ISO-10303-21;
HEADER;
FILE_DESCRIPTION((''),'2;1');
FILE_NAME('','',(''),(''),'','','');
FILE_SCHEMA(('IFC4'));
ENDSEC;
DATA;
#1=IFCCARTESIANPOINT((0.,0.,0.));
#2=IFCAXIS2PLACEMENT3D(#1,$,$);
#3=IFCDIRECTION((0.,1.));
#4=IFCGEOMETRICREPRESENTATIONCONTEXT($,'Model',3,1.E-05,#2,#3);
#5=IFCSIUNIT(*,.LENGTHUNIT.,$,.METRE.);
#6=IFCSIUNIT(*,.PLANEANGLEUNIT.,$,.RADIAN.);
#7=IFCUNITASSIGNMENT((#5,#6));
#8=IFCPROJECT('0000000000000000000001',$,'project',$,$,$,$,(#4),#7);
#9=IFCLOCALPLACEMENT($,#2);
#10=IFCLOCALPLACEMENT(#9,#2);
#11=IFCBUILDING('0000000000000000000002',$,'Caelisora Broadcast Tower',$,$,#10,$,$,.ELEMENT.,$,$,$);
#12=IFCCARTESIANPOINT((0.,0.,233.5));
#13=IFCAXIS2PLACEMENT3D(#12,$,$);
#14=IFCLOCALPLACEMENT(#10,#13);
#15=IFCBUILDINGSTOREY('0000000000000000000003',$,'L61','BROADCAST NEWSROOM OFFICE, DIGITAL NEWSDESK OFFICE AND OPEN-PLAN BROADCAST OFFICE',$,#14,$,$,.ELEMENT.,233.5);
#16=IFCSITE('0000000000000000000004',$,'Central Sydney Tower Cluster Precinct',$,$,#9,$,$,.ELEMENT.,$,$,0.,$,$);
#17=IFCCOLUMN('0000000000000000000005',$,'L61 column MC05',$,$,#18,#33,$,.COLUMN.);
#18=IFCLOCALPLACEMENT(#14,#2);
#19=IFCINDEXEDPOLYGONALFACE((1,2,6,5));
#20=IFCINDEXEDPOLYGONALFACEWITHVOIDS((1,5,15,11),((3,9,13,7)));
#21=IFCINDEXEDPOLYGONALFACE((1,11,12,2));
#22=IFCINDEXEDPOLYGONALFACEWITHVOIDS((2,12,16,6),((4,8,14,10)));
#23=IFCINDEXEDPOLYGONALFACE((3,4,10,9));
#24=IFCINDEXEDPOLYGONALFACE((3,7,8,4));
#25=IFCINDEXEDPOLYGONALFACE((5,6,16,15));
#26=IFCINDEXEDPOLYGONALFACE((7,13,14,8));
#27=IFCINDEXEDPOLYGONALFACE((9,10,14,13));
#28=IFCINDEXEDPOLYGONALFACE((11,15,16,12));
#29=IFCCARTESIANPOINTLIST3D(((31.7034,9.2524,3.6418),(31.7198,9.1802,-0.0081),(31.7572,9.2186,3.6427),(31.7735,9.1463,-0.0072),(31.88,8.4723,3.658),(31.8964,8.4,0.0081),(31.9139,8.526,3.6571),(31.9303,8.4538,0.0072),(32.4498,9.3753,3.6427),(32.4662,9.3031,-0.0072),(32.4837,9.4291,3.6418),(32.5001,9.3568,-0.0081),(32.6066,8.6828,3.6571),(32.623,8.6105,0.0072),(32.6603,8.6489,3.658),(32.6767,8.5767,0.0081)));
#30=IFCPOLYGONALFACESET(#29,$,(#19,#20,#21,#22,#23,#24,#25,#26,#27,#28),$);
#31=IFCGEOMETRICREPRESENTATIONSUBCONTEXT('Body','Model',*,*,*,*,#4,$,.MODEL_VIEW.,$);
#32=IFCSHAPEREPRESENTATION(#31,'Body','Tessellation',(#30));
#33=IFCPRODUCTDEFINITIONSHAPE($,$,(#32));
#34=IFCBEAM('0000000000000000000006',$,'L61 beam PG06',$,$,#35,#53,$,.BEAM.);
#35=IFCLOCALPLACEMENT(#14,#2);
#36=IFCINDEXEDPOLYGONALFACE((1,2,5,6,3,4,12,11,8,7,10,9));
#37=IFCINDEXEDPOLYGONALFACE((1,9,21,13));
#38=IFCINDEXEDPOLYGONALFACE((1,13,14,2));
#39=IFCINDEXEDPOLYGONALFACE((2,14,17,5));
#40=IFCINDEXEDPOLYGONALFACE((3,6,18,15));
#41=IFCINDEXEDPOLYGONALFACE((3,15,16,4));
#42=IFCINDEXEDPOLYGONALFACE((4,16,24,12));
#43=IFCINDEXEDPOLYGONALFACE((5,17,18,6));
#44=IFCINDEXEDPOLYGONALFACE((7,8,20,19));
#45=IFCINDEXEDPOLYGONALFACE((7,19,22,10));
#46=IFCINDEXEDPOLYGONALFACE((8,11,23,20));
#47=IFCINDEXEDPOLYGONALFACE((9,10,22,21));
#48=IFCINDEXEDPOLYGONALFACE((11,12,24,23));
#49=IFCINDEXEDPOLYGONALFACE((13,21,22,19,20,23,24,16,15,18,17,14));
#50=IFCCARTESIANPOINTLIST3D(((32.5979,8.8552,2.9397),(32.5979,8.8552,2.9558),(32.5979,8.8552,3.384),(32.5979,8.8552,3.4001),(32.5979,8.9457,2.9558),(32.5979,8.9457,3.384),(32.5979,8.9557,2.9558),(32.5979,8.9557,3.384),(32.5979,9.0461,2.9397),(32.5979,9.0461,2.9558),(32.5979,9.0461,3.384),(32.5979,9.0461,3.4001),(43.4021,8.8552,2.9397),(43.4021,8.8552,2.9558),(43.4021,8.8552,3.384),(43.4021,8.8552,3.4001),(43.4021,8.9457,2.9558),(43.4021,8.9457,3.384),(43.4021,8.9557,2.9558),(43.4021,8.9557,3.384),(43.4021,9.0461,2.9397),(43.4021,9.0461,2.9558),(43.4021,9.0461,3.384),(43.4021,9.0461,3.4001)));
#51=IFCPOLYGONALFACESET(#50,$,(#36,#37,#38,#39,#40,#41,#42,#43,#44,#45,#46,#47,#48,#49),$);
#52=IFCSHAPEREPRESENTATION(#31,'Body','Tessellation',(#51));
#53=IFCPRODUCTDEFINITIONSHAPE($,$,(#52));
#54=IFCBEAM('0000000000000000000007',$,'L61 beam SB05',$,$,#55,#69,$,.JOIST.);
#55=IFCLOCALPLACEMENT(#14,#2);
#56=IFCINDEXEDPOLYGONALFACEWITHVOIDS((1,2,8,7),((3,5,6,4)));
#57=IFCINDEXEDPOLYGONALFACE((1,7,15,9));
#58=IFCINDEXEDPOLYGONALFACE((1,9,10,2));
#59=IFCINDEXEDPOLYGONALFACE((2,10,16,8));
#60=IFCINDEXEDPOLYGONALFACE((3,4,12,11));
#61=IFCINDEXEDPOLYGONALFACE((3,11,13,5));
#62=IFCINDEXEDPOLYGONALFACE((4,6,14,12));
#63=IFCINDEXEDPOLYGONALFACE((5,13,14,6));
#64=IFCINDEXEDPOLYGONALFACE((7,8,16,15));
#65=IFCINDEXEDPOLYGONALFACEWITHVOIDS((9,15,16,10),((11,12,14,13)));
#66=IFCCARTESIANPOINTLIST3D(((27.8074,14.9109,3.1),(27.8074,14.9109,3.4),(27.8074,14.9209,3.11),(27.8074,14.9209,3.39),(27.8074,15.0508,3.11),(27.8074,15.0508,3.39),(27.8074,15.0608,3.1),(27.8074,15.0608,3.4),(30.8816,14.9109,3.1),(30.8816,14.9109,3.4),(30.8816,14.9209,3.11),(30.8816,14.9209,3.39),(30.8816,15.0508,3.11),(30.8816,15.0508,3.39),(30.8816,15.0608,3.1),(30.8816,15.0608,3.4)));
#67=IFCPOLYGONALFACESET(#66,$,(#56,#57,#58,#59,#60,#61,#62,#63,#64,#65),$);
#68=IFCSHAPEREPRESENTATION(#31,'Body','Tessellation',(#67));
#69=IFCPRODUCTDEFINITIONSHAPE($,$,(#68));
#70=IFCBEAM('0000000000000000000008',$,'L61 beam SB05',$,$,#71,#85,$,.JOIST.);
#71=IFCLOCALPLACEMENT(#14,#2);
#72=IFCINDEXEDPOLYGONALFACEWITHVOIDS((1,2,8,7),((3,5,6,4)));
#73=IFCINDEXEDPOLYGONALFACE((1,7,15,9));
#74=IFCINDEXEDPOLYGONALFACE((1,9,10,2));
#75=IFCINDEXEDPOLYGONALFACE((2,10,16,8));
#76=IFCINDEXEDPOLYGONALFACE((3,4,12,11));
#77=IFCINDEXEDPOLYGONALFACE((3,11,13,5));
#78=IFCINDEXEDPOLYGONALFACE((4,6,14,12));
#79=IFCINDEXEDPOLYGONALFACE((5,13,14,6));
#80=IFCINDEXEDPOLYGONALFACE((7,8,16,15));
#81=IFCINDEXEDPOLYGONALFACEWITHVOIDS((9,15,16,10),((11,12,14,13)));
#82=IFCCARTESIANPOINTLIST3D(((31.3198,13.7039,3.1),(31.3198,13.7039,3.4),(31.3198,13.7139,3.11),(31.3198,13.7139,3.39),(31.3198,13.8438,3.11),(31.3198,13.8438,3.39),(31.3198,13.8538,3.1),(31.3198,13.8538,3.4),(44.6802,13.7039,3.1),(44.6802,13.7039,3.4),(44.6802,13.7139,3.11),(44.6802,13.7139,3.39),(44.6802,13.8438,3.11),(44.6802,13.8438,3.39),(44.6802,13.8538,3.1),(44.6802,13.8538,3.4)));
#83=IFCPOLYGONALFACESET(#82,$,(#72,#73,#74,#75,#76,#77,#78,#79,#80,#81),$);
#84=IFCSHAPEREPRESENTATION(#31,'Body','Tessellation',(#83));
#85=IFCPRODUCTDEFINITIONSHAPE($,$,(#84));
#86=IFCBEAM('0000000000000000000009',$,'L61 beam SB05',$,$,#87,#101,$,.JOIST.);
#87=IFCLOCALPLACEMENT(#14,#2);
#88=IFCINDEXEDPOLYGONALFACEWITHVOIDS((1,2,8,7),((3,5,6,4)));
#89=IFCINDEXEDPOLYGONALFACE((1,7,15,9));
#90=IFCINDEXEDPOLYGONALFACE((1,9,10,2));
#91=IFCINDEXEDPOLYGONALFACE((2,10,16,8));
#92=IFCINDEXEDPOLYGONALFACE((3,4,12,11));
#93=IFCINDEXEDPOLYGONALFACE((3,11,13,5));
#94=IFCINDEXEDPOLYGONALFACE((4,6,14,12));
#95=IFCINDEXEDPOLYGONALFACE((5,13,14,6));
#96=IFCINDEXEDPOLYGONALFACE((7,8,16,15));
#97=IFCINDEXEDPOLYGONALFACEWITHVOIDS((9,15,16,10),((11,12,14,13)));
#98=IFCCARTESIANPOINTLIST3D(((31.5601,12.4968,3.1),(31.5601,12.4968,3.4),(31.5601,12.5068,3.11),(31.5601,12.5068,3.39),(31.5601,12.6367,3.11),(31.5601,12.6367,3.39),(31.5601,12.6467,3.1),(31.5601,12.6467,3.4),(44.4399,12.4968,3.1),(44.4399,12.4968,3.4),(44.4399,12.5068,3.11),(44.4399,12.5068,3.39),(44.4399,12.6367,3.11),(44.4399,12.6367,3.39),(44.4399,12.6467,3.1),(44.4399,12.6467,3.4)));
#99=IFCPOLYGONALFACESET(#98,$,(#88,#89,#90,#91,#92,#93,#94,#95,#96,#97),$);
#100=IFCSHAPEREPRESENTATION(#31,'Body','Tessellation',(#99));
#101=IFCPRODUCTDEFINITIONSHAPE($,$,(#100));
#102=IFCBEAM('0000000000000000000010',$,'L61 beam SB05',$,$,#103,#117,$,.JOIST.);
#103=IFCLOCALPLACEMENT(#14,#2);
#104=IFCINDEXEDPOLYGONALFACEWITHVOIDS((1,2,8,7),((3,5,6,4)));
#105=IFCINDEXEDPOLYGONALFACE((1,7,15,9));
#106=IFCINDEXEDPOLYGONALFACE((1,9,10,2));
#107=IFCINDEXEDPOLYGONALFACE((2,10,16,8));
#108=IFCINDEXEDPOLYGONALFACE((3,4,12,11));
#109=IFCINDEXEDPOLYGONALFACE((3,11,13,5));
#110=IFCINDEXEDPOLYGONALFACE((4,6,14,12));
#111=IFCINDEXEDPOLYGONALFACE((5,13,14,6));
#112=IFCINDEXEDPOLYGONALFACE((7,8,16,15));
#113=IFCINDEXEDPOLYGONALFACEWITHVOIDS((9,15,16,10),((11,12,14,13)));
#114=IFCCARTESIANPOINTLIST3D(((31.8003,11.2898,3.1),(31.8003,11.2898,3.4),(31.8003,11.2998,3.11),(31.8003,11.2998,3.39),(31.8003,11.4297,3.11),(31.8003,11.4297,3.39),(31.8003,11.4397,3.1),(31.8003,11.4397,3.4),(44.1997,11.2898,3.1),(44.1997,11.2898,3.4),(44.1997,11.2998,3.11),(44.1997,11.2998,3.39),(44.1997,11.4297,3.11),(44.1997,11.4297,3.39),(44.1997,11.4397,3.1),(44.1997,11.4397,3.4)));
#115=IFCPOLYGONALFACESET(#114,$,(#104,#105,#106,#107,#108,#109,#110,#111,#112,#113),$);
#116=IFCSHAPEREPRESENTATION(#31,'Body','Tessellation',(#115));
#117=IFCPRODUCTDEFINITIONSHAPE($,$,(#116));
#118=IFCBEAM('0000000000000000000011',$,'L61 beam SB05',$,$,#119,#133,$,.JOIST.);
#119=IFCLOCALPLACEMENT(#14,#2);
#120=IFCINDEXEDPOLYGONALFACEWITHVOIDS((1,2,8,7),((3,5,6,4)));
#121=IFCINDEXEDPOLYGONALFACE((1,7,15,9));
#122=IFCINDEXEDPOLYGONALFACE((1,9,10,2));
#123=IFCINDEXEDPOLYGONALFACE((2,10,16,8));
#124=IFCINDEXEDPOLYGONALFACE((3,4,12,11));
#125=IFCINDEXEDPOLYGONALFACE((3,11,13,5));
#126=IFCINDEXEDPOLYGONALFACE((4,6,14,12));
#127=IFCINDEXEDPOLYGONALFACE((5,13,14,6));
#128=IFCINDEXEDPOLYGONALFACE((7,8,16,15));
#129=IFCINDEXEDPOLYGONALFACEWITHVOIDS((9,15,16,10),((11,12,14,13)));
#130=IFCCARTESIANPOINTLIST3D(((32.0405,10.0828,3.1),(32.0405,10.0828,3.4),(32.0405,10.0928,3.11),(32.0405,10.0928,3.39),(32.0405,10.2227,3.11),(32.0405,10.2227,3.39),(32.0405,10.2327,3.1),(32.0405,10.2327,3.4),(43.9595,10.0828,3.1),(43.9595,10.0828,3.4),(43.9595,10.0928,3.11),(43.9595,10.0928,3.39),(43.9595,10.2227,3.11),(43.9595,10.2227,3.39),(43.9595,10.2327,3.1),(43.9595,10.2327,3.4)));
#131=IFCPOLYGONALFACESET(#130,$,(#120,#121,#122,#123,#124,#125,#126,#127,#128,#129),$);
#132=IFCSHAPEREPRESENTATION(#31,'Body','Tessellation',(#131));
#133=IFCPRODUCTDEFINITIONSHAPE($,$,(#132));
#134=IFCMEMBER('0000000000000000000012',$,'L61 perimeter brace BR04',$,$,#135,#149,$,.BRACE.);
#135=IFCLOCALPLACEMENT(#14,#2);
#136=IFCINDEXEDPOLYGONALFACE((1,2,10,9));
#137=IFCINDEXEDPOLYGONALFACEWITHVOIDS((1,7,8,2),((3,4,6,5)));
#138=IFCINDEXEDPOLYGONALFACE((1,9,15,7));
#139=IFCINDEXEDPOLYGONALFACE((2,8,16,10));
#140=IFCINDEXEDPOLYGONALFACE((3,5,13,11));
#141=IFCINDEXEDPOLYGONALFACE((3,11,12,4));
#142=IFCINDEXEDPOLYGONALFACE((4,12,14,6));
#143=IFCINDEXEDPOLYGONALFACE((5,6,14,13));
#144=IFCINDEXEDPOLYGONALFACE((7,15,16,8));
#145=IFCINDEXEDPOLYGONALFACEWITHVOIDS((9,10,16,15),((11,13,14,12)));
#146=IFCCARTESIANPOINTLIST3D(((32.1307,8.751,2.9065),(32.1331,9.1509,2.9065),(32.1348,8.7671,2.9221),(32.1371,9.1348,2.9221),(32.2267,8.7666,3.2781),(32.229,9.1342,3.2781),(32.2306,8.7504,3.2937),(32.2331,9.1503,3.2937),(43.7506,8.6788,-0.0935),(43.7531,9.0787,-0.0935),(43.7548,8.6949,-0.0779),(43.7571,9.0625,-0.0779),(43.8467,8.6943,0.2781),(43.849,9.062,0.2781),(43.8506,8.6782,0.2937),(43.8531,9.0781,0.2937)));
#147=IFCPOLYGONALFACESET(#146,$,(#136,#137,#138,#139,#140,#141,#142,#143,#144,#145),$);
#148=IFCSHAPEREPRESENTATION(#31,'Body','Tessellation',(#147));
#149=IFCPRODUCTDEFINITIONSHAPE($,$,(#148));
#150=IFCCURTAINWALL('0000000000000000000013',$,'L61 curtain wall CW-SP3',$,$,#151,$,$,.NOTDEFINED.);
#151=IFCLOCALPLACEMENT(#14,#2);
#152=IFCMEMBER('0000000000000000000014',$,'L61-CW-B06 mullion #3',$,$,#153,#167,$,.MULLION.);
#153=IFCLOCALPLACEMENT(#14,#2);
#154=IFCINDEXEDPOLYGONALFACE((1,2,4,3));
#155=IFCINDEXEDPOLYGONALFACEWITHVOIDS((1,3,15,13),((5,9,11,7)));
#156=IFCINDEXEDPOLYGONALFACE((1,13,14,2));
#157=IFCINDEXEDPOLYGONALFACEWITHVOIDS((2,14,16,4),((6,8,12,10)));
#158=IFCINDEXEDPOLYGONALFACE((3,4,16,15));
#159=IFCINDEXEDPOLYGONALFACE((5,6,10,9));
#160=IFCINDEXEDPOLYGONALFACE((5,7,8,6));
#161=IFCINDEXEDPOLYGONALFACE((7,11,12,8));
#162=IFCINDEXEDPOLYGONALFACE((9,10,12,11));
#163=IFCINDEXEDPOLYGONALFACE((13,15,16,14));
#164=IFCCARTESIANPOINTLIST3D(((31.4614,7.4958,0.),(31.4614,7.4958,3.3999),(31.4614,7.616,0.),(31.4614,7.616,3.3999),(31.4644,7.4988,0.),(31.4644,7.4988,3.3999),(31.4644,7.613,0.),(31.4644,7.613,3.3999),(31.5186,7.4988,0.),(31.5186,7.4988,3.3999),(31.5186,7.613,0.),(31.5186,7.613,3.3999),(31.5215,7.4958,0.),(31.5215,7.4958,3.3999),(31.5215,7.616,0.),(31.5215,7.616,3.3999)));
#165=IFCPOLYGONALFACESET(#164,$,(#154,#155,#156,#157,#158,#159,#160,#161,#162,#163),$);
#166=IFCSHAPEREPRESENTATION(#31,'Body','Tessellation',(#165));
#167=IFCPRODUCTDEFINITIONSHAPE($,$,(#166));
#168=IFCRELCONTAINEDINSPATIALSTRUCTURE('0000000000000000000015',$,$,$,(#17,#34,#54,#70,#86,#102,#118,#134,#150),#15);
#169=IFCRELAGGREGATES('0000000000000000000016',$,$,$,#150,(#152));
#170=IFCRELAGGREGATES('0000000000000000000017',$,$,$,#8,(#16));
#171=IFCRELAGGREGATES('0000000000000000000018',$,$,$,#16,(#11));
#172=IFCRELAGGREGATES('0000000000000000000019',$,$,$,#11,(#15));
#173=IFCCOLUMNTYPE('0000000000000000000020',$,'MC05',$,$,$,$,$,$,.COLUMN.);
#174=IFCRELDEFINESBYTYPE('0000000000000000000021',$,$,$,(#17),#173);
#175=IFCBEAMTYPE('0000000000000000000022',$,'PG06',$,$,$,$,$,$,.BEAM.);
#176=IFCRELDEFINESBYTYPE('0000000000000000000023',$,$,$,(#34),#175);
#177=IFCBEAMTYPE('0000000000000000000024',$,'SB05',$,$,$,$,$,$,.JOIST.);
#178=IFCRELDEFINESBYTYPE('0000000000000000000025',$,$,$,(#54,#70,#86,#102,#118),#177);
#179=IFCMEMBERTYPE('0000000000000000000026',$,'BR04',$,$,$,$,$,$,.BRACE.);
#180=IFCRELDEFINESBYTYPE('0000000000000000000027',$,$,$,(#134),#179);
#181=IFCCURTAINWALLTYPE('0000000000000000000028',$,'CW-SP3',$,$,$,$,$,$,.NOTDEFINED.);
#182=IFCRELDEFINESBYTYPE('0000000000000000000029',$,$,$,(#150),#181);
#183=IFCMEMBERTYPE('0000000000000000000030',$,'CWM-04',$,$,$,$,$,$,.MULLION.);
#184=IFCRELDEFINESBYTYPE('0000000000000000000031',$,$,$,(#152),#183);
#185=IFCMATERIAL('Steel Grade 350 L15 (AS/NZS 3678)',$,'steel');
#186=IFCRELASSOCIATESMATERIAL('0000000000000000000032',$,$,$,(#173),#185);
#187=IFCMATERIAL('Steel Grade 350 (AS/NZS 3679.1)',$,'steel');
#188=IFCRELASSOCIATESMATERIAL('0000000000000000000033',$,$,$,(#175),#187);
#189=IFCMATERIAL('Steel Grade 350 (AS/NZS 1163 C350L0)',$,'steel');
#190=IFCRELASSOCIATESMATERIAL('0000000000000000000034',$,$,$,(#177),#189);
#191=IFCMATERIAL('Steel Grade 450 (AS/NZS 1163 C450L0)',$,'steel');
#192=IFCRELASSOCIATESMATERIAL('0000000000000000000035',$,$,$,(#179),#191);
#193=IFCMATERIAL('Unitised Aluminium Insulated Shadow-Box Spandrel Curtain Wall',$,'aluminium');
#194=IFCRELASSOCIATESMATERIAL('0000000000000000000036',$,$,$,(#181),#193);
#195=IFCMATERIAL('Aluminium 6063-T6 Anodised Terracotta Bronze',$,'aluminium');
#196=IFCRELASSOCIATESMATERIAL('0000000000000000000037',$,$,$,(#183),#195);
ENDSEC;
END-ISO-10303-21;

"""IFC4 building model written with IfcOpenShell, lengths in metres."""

from ifc_helpers import new_model, si_unit, direction, frame, origin, origin_2d, place, context, subcontext, project, spatial, hollow_rectangle, i_section, extrude, source, transform, mapped, material, material_profile, profile_set, type_object, type_shapes, element, aggregate, save


model = new_model("IFC4")

# Units and contexts
model_context = context("Model", 3, precision=1e-05, world=origin(), true_north=direction((0.0, 1.0)))
body_context = subcontext(model_context, "Body", "Model", "MODEL_VIEW")
ifc_project = project(units=[si_unit("LENGTHUNIT", "METRE"), si_unit("PLANEANGLEUNIT", "RADIAN")], contexts=[model_context])

# Site, building, storey
site_placement = place(None, origin())
site = spatial("IfcSite", under=ifc_project, at=site_placement, Name="Central Sydney Tower Cluster Precinct", CompositionType="ELEMENT", RefElevation=0.0)
building_placement = place(site_placement, origin())
building = spatial("IfcBuilding", under=site, at=building_placement, Name="Caelisora Broadcast Tower", CompositionType="ELEMENT")
storey_placement = place(building_placement, frame((0.0, 0.0, 233.5)))
storey = spatial("IfcBuildingStorey", under=building, at=storey_placement, Name="L61", Description="BROADCAST NEWSROOM OFFICE, DIGITAL NEWSDESK OFFICE AND OPEN-PLAN BROADCAST OFFICE", CompositionType="ELEMENT", Elevation=233.5)

# Column
ifc_material_1 = material(Name="Steel Grade 350 L15 (AS/NZS 3678)", Category="steel")
ifc_material_profile_1 = material_profile(ifc_material_1, hollow_rectangle(XDim=0.8, YDim=0.8, WallThickness=0.0449, at=origin_2d()), Name="Steel Grade 350 L15 (AS/NZS 3678)")
ifc_profile_set_1 = profile_set([ifc_material_profile_1], Name="Steel Grade 350 L15 (AS/NZS 3678)")
column_type = type_object("IfcColumnType", Name="MC05", PredefinedType="COLUMN", material=ifc_profile_set_1)
shared_shape_1 = source(origin(), body_context, "Body", "SweptSolid", [
    extrude(hollow_rectangle(XDim=0.8, YDim=0.8, WallThickness=0.0449, at=origin_2d()), origin(), (0.0, 0.0, 1.0), 3.6506),
])
type_shapes(column_type, [shared_shape_1])
column_placement = place(storey_placement, frame((32.1982, 8.8784, 0.0), z_axis=(-0.004481, 0.019795, 0.999794), x_axis=(-0.975327, -0.220767, 0.0)))
element("IfcColumn", 1, at=column_placement, inside=storey, type_object=column_type, Name="L61 column MC05", PredefinedType="COLUMN", context=body_context, shape_type="MappedRepresentation", body=[
    mapped(shared_shape_1, transform((0.0, 0.0, 0.0), scale=1.0)),
])

# Beams
ifc_material_2 = material(Name="Steel Grade 350 (AS/NZS 3679.1)", Category="steel")
ifc_material_profile_2 = material_profile(ifc_material_2, i_section(OverallWidth=0.1909, OverallDepth=0.4604, WebThickness=0.01, FlangeThickness=0.0161, at=origin_2d()), Name="Steel Grade 350 (AS/NZS 3679.1)")
ifc_profile_set_2 = profile_set([ifc_material_profile_2], Name="Steel Grade 350 (AS/NZS 3679.1)")
beam_type_1 = type_object("IfcBeamType", Name="PG06", PredefinedType="BEAM", material=ifc_profile_set_2)
shared_shape_2 = source(origin(), body_context, "Body", "SweptSolid", [
    extrude(i_section(OverallWidth=0.1909, OverallDepth=0.4604, WebThickness=0.01, FlangeThickness=0.0161, at=origin_2d()), origin(), (0.0, 0.0, 1.0), 10.8042),
])
type_shapes(beam_type_1, [shared_shape_2])
beam_1_placement = place(storey_placement, frame((32.5979, 8.9507, 3.1699), z_axis=(1.0, 0.0, 0.0), x_axis=(0.0, 1.0, 0.0)))
element("IfcBeam", 2, at=beam_1_placement, inside=storey, type_object=beam_type_1, Name="L61 beam PG06", PredefinedType="BEAM", context=body_context, shape_type="MappedRepresentation", body=[
    mapped(shared_shape_2, transform((0.0, 0.0, 0.0), scale=1.0)),
])
ifc_material_3 = material(Name="Steel Grade 350 (AS/NZS 1163 C350L0)", Category="steel")
ifc_material_profile_3 = material_profile(ifc_material_3, hollow_rectangle(XDim=0.1499, YDim=0.3, WallThickness=0.01, at=origin_2d()), Name="Steel Grade 350 (AS/NZS 1163 C350L0)")
ifc_profile_set_3 = profile_set([ifc_material_profile_3], Name="Steel Grade 350 (AS/NZS 1163 C350L0)")
beam_type_2 = type_object("IfcBeamType", Name="SB05", PredefinedType="JOIST", material=ifc_profile_set_3)
shared_shape_3 = source(origin(), body_context, "Body", "SweptSolid", [
    extrude(hollow_rectangle(XDim=0.1499, YDim=0.3, WallThickness=0.01, at=origin_2d()), origin(), (0.0, 0.0, 1.0), 3.0742),
])
beam_2_placement = place(storey_placement, frame((27.8074, 14.9858, 3.25), z_axis=(1.0, 0.0, 0.0), x_axis=(0.0, 1.0, 0.0)))
element("IfcBeam", 3, at=beam_2_placement, inside=storey, type_object=beam_type_2, Name="L61 beam SB05", PredefinedType="JOIST", context=body_context, shape_type="MappedRepresentation", body=[
    mapped(shared_shape_3, transform((0.0, 0.0, 0.0), scale=1.0)),
])
shared_shape_4 = source(origin(), body_context, "Body", "SweptSolid", [
    extrude(hollow_rectangle(XDim=0.1499, YDim=0.3, WallThickness=0.01, at=origin_2d()), origin(), (0.0, 0.0, 1.0), 13.3604),
])
beam_3_placement = place(storey_placement, frame((31.3198, 13.7788, 3.25), z_axis=(1.0, 0.0, 0.0), x_axis=(0.0, 1.0, 0.0)))
element("IfcBeam", 4, at=beam_3_placement, inside=storey, type_object=beam_type_2, Name="L61 beam SB05", PredefinedType="JOIST", context=body_context, shape_type="MappedRepresentation", body=[
    mapped(shared_shape_4, transform((0.0, 0.0, 0.0), scale=1.0)),
])
shared_shape_5 = source(origin(), body_context, "Body", "SweptSolid", [
    extrude(hollow_rectangle(XDim=0.1499, YDim=0.3, WallThickness=0.01, at=origin_2d()), origin(), (0.0, 0.0, 1.0), 12.8799),
])
beam_4_placement = place(storey_placement, frame((31.5601, 12.5718, 3.25), z_axis=(1.0, 0.0, 0.0), x_axis=(0.0, 1.0, 0.0)))
element("IfcBeam", 5, at=beam_4_placement, inside=storey, type_object=beam_type_2, Name="L61 beam SB05", PredefinedType="JOIST", context=body_context, shape_type="MappedRepresentation", body=[
    mapped(shared_shape_5, transform((0.0, 0.0, 0.0), scale=1.0)),
])
shared_shape_6 = source(origin(), body_context, "Body", "SweptSolid", [
    extrude(hollow_rectangle(XDim=0.1499, YDim=0.3, WallThickness=0.01, at=origin_2d()), origin(), (0.0, 0.0, 1.0), 12.3994),
])
beam_5_placement = place(storey_placement, frame((31.8003, 11.3647, 3.25), z_axis=(1.0, 0.0, 0.0), x_axis=(0.0, 1.0, 0.0)))
element("IfcBeam", 6, at=beam_5_placement, inside=storey, type_object=beam_type_2, Name="L61 beam SB05", PredefinedType="JOIST", context=body_context, shape_type="MappedRepresentation", body=[
    mapped(shared_shape_6, transform((0.0, 0.0, 0.0), scale=1.0)),
])
shared_shape_7 = source(origin(), body_context, "Body", "SweptSolid", [
    extrude(hollow_rectangle(XDim=0.1499, YDim=0.3, WallThickness=0.01, at=origin_2d()), origin(), (0.0, 0.0, 1.0), 11.9189),
])
type_shapes(beam_type_2, [shared_shape_3, shared_shape_4, shared_shape_5, shared_shape_6, shared_shape_7])
beam_6_placement = place(storey_placement, frame((32.0405, 10.1577, 3.25), z_axis=(1.0, 0.0, 0.0), x_axis=(0.0, 1.0, 0.0)))
element("IfcBeam", 7, at=beam_6_placement, inside=storey, type_object=beam_type_2, Name="L61 beam SB05", PredefinedType="JOIST", context=body_context, shape_type="MappedRepresentation", body=[
    mapped(shared_shape_7, transform((0.0, 0.0, 0.0), scale=1.0)),
])

# Member
ifc_material_4 = material(Name="Steel Grade 450 (AS/NZS 1163 C450L0)", Category="steel")
ifc_material_profile_4 = material_profile(ifc_material_4, hollow_rectangle(XDim=0.3999, YDim=0.3999, WallThickness=0.0161, at=origin_2d()), Name="Steel Grade 450 (AS/NZS 1163 C450L0)")
ifc_profile_set_4 = profile_set([ifc_material_profile_4], Name="Steel Grade 450 (AS/NZS 1163 C450L0)")
member_type_1 = type_object("IfcMemberType", Name="BR04", PredefinedType="BRACE", material=ifc_profile_set_4)
shared_shape_8 = source(origin(), body_context, "Body", "SweptSolid", [
    extrude(hollow_rectangle(XDim=0.3999, YDim=0.3999, WallThickness=0.0161, at=origin_2d()), origin(), (0.0, 0.0, 1.0), 12.0012),
])
type_shapes(member_type_1, [shared_shape_8])
member_1_placement = place(storey_placement, frame((32.1819, 8.9507, 3.1001), z_axis=(0.968233, -0.006022, -0.249977), x_axis=(0.006219, 0.999981, 0.0)))
element("IfcMember", 8, at=member_1_placement, inside=storey, type_object=member_type_1, Name="L61 perimeter brace BR04", PredefinedType="BRACE", context=body_context, shape_type="MappedRepresentation", body=[
    mapped(shared_shape_8, transform((0.0, 0.0, 0.0), scale=1.0)),
])

# Curtain wall, member
ifc_material_5 = material(Name="Unitised Aluminium Insulated Shadow-Box Spandrel Curtain Wall", Category="aluminium")
curtain_wall_type_1 = type_object("IfcCurtainWallType", Name="CW-SP3", PredefinedType="NOTDEFINED", material=ifc_material_5)
curtain_wall_1_placement = place(storey_placement, origin())
curtain_wall_1 = element("IfcCurtainWall", 9, at=curtain_wall_1_placement, inside=storey, type_object=curtain_wall_type_1, Name="L61 curtain wall CW-SP3", PredefinedType="NOTDEFINED")
ifc_material_6 = material(Name="Aluminium 6063-T6 Anodised Terracotta Bronze", Category="aluminium")
ifc_material_profile_5 = material_profile(ifc_material_6, hollow_rectangle(XDim=0.0601, YDim=0.1201, WallThickness=0.0029, at=origin_2d()), Name="Aluminium 6063-T6 Anodised Terracotta Bronze")
ifc_profile_set_5 = profile_set([ifc_material_profile_5], Name="Aluminium 6063-T6 Anodised Terracotta Bronze")
member_type_2 = type_object("IfcMemberType", Name="CWM-04", PredefinedType="MULLION", material=ifc_profile_set_5)
shared_shape_9 = source(origin(), body_context, "Body", "SweptSolid", [
    extrude(hollow_rectangle(XDim=0.0601, YDim=0.1201, WallThickness=0.0029, at=origin_2d()), origin(), (0.0, 0.0, 1.0), 3.3999),
])
type_shapes(member_type_2, [shared_shape_9])
member_2_placement = place(storey_placement, frame((31.4915, 7.5559, 0.0), z_axis=(0.0, 0.0, 1.0), x_axis=(1.0, 0.0, 0.0)))
member_2 = element("IfcMember", 10, at=member_2_placement, type_object=member_type_2, Name="L61-CW-B06 mullion #3", PredefinedType="MULLION", context=body_context, shape_type="MappedRepresentation", body=[
    mapped(shared_shape_9, transform((0.0, 0.0, 0.0), scale=1.0)),
])

aggregate(curtain_wall_1, [member_2])

save(model, "model.ifc")
